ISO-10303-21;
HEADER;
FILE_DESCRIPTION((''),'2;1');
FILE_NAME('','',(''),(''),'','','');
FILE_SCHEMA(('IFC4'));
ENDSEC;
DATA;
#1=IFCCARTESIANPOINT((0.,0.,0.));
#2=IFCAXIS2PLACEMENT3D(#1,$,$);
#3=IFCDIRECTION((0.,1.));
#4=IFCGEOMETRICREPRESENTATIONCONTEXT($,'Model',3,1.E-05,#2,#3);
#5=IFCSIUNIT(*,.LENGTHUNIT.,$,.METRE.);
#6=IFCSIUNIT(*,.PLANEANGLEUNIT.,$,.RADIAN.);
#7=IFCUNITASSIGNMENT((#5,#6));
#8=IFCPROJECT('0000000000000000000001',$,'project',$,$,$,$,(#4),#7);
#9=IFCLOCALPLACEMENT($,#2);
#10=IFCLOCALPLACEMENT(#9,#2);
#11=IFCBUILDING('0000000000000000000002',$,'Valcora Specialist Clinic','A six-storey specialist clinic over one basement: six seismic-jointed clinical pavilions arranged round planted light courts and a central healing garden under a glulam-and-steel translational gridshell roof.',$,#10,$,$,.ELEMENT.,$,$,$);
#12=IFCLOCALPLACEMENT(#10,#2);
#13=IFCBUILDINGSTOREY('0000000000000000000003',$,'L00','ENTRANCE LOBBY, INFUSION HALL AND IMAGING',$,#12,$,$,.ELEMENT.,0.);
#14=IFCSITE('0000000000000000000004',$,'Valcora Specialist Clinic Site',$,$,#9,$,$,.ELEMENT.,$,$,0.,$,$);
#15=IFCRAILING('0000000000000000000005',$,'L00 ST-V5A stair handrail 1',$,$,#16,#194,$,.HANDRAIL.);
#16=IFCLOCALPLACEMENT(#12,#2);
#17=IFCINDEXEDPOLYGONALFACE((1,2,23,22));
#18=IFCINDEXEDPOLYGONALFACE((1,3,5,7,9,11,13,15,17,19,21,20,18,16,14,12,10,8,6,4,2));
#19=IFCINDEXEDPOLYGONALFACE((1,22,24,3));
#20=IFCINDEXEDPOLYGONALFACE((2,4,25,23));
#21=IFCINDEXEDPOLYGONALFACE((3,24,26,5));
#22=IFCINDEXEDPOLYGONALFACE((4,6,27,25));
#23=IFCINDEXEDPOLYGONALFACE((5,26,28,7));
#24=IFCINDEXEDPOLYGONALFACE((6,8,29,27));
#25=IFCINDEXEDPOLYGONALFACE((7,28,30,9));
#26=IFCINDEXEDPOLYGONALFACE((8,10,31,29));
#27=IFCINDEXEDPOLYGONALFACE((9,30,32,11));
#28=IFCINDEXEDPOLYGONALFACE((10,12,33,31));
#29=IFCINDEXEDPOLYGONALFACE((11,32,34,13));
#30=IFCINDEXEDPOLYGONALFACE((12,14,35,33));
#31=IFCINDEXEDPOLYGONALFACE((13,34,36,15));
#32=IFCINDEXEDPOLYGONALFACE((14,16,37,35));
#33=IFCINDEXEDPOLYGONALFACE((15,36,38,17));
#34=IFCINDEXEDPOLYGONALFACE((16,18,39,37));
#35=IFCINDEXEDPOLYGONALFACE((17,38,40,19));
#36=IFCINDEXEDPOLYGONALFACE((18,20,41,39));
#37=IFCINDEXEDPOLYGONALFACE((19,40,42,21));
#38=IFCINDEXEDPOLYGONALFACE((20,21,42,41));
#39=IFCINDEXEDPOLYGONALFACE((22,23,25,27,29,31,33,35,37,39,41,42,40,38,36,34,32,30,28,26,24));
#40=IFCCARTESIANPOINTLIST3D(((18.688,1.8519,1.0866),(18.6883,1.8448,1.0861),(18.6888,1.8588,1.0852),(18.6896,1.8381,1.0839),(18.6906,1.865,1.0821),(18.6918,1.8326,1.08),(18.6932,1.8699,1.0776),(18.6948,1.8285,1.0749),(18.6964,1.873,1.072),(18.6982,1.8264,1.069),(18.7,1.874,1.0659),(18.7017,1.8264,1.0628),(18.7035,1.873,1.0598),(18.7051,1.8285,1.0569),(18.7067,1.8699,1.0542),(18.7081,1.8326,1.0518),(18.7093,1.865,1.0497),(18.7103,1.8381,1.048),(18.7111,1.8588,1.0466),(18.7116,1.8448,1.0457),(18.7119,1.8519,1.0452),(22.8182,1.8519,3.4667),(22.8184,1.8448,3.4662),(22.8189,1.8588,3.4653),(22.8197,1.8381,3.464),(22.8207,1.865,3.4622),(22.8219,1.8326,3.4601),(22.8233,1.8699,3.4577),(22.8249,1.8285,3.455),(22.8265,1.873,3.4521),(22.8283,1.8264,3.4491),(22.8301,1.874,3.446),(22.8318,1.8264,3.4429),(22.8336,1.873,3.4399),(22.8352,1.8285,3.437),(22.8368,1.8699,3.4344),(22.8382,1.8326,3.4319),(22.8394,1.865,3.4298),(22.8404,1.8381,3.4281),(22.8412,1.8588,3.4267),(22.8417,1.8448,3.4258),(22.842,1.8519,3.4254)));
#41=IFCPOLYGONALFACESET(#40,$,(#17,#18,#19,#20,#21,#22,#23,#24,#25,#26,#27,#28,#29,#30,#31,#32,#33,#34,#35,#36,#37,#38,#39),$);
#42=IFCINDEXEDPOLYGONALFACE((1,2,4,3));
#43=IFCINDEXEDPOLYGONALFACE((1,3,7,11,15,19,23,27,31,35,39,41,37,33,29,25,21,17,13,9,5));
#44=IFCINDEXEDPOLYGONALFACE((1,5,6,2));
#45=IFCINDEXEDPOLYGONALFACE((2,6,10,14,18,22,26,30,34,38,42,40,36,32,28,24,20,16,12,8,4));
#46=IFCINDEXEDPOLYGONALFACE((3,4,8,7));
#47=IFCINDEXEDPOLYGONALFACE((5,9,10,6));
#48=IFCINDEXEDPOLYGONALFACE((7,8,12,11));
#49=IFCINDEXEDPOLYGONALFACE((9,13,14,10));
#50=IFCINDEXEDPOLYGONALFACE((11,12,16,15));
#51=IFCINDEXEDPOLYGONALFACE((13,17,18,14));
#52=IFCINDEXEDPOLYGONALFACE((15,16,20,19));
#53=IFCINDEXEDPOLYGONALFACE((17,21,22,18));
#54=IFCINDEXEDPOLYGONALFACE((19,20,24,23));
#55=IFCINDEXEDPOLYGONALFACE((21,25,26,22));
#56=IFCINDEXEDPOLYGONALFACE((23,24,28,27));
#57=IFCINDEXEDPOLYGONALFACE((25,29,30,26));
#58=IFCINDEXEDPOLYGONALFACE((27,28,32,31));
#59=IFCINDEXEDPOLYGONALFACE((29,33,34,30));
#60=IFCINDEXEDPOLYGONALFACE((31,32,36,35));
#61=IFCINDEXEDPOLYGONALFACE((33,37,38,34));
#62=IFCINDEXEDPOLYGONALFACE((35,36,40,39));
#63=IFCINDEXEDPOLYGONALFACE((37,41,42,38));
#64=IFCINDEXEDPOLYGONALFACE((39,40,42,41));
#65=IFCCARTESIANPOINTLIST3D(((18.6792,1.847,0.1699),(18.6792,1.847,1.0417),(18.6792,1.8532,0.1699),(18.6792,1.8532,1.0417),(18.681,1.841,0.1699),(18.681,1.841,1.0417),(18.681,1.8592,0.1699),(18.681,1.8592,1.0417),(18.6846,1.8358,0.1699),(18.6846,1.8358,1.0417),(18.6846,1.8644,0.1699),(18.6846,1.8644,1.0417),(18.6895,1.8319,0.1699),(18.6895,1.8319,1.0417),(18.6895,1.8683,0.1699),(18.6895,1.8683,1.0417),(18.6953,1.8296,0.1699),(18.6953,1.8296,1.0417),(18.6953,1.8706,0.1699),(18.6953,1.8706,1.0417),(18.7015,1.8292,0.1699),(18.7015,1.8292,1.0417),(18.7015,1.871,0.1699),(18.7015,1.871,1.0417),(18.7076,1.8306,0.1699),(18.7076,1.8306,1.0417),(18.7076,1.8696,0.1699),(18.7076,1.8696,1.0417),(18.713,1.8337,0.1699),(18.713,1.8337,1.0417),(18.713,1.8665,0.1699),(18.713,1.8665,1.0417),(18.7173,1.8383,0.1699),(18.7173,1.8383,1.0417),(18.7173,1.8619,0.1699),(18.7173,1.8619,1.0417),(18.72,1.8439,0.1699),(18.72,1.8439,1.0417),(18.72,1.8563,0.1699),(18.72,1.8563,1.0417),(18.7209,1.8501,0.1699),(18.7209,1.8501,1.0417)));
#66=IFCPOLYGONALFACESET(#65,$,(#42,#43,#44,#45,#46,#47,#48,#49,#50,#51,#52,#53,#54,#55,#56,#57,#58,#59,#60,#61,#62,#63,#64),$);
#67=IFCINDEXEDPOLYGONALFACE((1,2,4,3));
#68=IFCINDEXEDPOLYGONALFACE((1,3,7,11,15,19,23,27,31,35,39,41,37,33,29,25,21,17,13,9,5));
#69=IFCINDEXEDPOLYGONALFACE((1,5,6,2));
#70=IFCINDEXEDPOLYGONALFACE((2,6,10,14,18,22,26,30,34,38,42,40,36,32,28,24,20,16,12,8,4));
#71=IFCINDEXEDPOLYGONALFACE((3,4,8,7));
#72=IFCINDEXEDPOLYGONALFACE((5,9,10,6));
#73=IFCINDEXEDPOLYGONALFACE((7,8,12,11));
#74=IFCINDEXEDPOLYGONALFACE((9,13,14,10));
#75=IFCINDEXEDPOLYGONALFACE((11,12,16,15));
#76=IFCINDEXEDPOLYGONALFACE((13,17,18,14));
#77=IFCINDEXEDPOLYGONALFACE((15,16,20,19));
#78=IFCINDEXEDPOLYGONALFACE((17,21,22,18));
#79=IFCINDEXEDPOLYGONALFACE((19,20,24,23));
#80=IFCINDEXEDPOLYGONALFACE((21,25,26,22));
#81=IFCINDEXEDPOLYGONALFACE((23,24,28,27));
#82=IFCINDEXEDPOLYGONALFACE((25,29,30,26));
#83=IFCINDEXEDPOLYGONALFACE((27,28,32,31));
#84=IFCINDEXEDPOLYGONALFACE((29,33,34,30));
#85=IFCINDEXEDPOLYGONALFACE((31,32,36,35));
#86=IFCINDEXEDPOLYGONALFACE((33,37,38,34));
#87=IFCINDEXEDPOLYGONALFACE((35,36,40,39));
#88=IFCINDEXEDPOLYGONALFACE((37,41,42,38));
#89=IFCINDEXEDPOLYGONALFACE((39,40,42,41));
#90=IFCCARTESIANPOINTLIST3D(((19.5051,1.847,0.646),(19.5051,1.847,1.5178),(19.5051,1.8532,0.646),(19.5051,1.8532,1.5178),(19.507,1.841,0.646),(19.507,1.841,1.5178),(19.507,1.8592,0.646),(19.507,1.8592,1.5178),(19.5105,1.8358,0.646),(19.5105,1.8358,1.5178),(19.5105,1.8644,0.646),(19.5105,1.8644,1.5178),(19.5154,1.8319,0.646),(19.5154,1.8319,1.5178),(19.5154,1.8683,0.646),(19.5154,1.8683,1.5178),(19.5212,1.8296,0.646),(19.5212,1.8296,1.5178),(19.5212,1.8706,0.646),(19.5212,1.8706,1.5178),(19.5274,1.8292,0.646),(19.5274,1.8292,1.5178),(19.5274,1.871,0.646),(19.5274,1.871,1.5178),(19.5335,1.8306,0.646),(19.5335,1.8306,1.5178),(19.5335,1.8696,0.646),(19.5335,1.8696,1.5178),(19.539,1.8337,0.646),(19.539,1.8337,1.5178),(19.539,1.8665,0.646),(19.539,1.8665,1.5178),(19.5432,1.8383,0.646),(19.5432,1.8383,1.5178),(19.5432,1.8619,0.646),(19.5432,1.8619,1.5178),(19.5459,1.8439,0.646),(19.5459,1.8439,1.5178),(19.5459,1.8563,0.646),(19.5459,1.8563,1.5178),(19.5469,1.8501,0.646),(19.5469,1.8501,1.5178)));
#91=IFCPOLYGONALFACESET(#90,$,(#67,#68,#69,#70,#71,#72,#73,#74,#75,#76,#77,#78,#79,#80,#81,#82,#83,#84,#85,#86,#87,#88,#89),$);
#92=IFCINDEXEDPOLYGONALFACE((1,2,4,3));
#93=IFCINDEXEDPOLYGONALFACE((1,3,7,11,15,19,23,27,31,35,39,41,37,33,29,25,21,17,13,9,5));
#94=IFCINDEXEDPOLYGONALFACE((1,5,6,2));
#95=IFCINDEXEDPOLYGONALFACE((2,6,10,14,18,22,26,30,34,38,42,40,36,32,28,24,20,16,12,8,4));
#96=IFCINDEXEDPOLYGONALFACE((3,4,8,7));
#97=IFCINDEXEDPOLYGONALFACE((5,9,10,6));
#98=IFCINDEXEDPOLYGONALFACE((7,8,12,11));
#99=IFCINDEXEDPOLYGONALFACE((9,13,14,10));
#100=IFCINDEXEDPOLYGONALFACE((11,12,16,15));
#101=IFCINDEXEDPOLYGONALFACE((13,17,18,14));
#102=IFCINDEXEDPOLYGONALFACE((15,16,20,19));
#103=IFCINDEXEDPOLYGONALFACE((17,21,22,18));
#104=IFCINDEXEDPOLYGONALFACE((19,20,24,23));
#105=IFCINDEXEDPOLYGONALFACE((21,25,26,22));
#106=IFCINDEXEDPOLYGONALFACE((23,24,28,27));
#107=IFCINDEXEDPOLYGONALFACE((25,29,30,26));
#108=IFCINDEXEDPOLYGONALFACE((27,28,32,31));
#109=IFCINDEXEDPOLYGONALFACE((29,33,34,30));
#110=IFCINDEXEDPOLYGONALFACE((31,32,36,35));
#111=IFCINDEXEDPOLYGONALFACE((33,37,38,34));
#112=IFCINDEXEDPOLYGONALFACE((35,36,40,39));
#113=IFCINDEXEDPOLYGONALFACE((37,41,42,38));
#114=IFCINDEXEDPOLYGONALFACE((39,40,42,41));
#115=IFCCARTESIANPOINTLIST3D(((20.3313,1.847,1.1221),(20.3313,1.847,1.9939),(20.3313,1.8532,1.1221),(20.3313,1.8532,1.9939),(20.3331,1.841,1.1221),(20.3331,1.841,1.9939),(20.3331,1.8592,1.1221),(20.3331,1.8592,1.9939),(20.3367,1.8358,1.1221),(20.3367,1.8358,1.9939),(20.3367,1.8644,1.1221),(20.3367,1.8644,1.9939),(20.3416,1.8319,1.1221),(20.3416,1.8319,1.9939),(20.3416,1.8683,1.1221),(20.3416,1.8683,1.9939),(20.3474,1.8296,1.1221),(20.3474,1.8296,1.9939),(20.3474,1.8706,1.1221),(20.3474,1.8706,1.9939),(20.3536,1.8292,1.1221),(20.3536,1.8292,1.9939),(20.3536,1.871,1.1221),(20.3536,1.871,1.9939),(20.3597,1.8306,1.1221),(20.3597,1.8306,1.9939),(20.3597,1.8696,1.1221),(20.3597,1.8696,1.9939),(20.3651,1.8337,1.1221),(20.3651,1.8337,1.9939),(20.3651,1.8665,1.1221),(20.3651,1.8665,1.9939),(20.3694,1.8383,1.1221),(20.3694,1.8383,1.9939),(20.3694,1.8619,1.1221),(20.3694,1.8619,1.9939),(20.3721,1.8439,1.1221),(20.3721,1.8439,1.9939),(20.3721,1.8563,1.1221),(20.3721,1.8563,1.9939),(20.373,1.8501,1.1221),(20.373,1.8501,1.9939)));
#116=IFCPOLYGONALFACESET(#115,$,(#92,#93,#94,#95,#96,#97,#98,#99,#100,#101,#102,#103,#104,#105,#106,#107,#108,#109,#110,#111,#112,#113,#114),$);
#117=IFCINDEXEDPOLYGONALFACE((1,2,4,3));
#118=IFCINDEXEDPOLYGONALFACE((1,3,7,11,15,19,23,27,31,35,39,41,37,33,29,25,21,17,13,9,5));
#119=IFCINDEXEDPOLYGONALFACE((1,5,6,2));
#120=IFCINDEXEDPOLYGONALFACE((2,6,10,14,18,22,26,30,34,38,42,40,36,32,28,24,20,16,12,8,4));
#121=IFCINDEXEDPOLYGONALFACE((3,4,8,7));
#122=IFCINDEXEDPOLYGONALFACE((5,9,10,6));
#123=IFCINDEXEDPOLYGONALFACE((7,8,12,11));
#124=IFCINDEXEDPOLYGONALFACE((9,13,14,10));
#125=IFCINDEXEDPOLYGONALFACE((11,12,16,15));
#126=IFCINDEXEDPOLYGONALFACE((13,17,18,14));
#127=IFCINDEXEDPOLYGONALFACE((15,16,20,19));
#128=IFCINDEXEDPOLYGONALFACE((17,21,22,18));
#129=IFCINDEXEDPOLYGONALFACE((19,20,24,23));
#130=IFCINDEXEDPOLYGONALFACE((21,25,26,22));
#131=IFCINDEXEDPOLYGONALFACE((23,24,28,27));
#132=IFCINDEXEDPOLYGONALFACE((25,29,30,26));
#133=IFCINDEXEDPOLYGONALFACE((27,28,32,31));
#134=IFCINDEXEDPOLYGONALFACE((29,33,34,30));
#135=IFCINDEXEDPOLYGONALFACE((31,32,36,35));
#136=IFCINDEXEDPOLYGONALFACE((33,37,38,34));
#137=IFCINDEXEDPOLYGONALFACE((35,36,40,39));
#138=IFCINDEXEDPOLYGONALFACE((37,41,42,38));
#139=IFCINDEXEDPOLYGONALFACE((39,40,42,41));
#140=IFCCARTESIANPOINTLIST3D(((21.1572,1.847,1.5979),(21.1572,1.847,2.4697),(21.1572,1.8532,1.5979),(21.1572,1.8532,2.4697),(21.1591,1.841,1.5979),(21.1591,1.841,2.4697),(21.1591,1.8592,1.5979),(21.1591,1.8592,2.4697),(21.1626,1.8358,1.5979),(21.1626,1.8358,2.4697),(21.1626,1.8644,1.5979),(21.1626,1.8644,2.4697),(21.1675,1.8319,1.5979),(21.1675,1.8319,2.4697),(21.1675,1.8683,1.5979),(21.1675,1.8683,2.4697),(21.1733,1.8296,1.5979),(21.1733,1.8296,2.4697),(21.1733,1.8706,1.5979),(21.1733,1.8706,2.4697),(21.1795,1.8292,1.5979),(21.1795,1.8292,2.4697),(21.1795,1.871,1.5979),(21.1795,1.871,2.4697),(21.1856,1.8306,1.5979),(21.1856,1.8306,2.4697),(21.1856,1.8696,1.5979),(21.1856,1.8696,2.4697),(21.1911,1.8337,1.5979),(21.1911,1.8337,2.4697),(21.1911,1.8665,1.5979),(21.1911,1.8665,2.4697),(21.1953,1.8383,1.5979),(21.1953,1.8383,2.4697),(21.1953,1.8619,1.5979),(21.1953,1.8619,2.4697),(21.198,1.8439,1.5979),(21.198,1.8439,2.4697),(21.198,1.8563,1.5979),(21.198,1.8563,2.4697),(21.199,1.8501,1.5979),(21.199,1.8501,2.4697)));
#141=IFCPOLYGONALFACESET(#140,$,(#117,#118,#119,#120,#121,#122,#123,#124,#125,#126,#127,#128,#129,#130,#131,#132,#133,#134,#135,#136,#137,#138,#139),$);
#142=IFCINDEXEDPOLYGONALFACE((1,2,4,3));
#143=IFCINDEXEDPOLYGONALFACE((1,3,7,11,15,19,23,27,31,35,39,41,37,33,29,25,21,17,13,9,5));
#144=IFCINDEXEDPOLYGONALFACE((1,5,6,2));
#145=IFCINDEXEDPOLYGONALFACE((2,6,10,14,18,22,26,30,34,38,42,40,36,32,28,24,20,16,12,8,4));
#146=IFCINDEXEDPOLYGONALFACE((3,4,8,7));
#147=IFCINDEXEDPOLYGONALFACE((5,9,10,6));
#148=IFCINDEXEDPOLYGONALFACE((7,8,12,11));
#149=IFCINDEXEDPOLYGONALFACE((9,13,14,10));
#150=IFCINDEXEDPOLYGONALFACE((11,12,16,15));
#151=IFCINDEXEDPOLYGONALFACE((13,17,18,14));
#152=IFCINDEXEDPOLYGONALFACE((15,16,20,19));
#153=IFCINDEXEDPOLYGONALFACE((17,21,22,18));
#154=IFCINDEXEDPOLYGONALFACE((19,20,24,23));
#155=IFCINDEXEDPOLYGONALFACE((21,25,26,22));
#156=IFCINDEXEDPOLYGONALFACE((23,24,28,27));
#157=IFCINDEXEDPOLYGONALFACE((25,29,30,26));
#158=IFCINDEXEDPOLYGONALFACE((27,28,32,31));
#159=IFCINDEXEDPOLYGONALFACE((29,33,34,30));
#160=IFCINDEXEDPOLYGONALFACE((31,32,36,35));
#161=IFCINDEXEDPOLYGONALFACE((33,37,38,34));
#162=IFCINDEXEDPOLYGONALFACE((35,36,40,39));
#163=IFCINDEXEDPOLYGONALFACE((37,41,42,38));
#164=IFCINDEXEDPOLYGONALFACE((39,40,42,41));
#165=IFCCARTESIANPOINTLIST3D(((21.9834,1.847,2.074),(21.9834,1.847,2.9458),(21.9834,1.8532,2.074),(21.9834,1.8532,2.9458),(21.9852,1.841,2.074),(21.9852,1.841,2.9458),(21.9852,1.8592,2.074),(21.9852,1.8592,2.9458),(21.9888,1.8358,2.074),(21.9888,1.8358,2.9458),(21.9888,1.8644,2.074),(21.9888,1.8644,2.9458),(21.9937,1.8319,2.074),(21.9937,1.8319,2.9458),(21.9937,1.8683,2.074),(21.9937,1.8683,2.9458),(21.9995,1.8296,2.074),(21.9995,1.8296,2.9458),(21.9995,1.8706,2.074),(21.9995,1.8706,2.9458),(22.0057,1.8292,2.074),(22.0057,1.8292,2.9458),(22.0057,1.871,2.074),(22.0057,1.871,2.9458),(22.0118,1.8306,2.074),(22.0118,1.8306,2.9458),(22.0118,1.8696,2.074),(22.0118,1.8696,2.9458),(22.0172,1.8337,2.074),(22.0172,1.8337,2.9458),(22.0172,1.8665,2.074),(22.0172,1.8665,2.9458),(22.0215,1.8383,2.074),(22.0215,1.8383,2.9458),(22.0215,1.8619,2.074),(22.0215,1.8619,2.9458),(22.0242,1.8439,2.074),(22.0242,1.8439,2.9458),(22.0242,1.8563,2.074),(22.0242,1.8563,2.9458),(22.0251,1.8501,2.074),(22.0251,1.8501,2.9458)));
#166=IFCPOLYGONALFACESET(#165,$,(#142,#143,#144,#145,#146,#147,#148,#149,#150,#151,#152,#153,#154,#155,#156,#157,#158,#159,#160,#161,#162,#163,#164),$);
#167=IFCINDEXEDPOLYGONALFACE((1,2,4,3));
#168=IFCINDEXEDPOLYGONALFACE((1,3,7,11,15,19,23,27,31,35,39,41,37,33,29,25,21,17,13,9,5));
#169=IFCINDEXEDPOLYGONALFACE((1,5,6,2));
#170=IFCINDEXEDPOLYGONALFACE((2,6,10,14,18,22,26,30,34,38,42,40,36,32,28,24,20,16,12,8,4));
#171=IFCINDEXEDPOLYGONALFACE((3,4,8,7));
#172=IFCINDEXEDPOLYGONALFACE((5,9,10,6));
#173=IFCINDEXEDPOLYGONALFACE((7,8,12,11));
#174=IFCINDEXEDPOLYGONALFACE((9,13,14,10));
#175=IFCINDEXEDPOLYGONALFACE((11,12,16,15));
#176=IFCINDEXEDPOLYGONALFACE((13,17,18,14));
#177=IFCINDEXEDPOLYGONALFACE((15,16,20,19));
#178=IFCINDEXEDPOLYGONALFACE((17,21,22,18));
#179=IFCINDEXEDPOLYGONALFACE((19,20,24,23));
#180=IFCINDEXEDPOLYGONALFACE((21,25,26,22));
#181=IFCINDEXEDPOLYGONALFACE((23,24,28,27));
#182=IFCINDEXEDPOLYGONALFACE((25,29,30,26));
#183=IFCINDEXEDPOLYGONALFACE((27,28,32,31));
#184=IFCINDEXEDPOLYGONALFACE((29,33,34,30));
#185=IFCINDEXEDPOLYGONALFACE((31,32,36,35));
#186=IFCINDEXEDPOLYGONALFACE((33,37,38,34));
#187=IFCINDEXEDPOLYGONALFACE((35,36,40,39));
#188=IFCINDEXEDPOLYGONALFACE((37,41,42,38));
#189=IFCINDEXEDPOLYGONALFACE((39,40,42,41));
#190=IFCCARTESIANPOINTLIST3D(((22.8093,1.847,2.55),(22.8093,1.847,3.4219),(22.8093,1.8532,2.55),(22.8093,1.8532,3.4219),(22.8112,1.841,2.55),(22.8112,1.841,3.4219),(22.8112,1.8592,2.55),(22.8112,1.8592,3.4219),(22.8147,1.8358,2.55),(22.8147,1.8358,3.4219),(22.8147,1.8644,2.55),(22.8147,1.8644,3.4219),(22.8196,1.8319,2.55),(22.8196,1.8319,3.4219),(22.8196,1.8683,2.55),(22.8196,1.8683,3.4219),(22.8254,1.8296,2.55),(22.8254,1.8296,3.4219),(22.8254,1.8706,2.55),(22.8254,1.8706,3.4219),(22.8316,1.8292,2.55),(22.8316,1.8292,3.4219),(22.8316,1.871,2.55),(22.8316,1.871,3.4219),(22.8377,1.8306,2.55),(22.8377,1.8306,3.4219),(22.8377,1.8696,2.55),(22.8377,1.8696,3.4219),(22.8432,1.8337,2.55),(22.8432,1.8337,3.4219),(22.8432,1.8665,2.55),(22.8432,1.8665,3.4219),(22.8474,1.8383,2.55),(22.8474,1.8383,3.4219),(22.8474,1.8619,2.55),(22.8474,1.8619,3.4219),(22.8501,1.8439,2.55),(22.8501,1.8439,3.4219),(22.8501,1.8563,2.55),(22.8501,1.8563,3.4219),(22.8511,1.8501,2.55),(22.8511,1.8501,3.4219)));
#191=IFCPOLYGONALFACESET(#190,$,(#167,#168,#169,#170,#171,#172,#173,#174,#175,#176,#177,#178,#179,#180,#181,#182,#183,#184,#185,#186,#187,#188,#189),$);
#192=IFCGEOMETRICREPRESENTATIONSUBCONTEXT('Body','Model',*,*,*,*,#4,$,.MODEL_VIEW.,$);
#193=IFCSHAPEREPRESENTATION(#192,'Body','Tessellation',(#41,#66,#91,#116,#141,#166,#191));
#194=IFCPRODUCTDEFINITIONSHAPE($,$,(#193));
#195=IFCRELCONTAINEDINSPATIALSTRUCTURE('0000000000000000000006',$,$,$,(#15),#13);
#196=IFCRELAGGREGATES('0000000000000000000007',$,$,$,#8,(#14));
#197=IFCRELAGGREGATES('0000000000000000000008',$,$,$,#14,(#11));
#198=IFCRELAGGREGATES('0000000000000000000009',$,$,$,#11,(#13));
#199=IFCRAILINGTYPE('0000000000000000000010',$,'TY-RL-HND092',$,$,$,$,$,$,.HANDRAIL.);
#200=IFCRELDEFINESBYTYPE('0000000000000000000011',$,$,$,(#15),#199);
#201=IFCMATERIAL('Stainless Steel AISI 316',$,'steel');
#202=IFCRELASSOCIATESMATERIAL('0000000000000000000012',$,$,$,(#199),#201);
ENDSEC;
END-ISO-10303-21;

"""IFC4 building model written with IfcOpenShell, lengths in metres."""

from ifc_helpers import new_model, si_unit, direction, frame, origin, origin_2d, place, context, subcontext, project, spatial, circle, extrude, material, type_object, element, save


model = new_model("IFC4")

# Units and contexts
model_context = context("Model", 3, precision=1e-05, world=origin(), true_north=direction((0.0, 1.0)))
body_context = subcontext(model_context, "Body", "Model", "MODEL_VIEW")
ifc_project = project(units=[si_unit("LENGTHUNIT", "METRE"), si_unit("PLANEANGLEUNIT", "RADIAN")], contexts=[model_context])

# Site, building, storey
site_placement = place(None, origin())
site = spatial("IfcSite", under=ifc_project, at=site_placement, Name="Valcora Specialist Clinic Site", CompositionType="ELEMENT", RefElevation=0.0)
building_placement = place(site_placement, origin())
building = spatial("IfcBuilding", under=site, at=building_placement, Name="Valcora Specialist Clinic", Description="A six-storey specialist clinic over one basement: six seismic-jointed clinical pavilions arranged round planted light courts and a central healing garden under a glulam-and-steel translational gridshell roof.", CompositionType="ELEMENT")
storey_placement = place(building_placement, origin())
storey = spatial("IfcBuildingStorey", under=building, at=storey_placement, Name="L00", Description="ENTRANCE LOBBY, INFUSION HALL AND IMAGING", CompositionType="ELEMENT", Elevation=0.0)

# Shared definitions
ifc_material_1 = material(Name="Stainless Steel AISI 316", Category="steel")

# Railing
railing_type_1 = type_object("IfcRailingType", Name="TY-RL-HND092", PredefinedType="HANDRAIL", material=ifc_material_1)
railing_1_placement = place(storey_placement, frame((18.7, 1.8501, 0.1699)))
element("IfcRailing", 1, at=railing_1_placement, inside=storey, type_object=railing_type_1, Name="L00 ST-V5A stair handrail 1", PredefinedType="HANDRAIL", context=body_context, shape_type="SweptSolid", body=[
    extrude(circle(Radius=0.0239, at=origin_2d()), frame((0.0, 0.0, 0.896), z_axis=(0.866425, 0.0, 0.499307), x_axis=(0.0, 1.0, 0.0)), (0.0, 0.0, 1.0), 4.7668),
    extrude(circle(Radius=0.021, at=origin_2d()), origin(), (0.0, 0.0, 1.0), 0.8718),
    extrude(circle(Radius=0.021, at=origin_2d()), frame((0.8259, 0.0, 0.4761)), (0.0, 0.0, 1.0), 0.8718),
    extrude(circle(Radius=0.021, at=origin_2d()), frame((1.6521, 0.0, 0.9521)), (0.0, 0.0, 1.0), 0.8718),
    extrude(circle(Radius=0.021, at=origin_2d()), frame((2.478, 0.0, 1.428)), (0.0, 0.0, 1.0), 0.8718),
    extrude(circle(Radius=0.021, at=origin_2d()), frame((3.3042, 0.0, 1.9041)), (0.0, 0.0, 1.0), 0.8718),
    extrude(circle(Radius=0.021, at=origin_2d()), frame((4.1301, 0.0, 2.3801)), (0.0, 0.0, 1.0), 0.8718),
])

save(model, "model.ifc")
